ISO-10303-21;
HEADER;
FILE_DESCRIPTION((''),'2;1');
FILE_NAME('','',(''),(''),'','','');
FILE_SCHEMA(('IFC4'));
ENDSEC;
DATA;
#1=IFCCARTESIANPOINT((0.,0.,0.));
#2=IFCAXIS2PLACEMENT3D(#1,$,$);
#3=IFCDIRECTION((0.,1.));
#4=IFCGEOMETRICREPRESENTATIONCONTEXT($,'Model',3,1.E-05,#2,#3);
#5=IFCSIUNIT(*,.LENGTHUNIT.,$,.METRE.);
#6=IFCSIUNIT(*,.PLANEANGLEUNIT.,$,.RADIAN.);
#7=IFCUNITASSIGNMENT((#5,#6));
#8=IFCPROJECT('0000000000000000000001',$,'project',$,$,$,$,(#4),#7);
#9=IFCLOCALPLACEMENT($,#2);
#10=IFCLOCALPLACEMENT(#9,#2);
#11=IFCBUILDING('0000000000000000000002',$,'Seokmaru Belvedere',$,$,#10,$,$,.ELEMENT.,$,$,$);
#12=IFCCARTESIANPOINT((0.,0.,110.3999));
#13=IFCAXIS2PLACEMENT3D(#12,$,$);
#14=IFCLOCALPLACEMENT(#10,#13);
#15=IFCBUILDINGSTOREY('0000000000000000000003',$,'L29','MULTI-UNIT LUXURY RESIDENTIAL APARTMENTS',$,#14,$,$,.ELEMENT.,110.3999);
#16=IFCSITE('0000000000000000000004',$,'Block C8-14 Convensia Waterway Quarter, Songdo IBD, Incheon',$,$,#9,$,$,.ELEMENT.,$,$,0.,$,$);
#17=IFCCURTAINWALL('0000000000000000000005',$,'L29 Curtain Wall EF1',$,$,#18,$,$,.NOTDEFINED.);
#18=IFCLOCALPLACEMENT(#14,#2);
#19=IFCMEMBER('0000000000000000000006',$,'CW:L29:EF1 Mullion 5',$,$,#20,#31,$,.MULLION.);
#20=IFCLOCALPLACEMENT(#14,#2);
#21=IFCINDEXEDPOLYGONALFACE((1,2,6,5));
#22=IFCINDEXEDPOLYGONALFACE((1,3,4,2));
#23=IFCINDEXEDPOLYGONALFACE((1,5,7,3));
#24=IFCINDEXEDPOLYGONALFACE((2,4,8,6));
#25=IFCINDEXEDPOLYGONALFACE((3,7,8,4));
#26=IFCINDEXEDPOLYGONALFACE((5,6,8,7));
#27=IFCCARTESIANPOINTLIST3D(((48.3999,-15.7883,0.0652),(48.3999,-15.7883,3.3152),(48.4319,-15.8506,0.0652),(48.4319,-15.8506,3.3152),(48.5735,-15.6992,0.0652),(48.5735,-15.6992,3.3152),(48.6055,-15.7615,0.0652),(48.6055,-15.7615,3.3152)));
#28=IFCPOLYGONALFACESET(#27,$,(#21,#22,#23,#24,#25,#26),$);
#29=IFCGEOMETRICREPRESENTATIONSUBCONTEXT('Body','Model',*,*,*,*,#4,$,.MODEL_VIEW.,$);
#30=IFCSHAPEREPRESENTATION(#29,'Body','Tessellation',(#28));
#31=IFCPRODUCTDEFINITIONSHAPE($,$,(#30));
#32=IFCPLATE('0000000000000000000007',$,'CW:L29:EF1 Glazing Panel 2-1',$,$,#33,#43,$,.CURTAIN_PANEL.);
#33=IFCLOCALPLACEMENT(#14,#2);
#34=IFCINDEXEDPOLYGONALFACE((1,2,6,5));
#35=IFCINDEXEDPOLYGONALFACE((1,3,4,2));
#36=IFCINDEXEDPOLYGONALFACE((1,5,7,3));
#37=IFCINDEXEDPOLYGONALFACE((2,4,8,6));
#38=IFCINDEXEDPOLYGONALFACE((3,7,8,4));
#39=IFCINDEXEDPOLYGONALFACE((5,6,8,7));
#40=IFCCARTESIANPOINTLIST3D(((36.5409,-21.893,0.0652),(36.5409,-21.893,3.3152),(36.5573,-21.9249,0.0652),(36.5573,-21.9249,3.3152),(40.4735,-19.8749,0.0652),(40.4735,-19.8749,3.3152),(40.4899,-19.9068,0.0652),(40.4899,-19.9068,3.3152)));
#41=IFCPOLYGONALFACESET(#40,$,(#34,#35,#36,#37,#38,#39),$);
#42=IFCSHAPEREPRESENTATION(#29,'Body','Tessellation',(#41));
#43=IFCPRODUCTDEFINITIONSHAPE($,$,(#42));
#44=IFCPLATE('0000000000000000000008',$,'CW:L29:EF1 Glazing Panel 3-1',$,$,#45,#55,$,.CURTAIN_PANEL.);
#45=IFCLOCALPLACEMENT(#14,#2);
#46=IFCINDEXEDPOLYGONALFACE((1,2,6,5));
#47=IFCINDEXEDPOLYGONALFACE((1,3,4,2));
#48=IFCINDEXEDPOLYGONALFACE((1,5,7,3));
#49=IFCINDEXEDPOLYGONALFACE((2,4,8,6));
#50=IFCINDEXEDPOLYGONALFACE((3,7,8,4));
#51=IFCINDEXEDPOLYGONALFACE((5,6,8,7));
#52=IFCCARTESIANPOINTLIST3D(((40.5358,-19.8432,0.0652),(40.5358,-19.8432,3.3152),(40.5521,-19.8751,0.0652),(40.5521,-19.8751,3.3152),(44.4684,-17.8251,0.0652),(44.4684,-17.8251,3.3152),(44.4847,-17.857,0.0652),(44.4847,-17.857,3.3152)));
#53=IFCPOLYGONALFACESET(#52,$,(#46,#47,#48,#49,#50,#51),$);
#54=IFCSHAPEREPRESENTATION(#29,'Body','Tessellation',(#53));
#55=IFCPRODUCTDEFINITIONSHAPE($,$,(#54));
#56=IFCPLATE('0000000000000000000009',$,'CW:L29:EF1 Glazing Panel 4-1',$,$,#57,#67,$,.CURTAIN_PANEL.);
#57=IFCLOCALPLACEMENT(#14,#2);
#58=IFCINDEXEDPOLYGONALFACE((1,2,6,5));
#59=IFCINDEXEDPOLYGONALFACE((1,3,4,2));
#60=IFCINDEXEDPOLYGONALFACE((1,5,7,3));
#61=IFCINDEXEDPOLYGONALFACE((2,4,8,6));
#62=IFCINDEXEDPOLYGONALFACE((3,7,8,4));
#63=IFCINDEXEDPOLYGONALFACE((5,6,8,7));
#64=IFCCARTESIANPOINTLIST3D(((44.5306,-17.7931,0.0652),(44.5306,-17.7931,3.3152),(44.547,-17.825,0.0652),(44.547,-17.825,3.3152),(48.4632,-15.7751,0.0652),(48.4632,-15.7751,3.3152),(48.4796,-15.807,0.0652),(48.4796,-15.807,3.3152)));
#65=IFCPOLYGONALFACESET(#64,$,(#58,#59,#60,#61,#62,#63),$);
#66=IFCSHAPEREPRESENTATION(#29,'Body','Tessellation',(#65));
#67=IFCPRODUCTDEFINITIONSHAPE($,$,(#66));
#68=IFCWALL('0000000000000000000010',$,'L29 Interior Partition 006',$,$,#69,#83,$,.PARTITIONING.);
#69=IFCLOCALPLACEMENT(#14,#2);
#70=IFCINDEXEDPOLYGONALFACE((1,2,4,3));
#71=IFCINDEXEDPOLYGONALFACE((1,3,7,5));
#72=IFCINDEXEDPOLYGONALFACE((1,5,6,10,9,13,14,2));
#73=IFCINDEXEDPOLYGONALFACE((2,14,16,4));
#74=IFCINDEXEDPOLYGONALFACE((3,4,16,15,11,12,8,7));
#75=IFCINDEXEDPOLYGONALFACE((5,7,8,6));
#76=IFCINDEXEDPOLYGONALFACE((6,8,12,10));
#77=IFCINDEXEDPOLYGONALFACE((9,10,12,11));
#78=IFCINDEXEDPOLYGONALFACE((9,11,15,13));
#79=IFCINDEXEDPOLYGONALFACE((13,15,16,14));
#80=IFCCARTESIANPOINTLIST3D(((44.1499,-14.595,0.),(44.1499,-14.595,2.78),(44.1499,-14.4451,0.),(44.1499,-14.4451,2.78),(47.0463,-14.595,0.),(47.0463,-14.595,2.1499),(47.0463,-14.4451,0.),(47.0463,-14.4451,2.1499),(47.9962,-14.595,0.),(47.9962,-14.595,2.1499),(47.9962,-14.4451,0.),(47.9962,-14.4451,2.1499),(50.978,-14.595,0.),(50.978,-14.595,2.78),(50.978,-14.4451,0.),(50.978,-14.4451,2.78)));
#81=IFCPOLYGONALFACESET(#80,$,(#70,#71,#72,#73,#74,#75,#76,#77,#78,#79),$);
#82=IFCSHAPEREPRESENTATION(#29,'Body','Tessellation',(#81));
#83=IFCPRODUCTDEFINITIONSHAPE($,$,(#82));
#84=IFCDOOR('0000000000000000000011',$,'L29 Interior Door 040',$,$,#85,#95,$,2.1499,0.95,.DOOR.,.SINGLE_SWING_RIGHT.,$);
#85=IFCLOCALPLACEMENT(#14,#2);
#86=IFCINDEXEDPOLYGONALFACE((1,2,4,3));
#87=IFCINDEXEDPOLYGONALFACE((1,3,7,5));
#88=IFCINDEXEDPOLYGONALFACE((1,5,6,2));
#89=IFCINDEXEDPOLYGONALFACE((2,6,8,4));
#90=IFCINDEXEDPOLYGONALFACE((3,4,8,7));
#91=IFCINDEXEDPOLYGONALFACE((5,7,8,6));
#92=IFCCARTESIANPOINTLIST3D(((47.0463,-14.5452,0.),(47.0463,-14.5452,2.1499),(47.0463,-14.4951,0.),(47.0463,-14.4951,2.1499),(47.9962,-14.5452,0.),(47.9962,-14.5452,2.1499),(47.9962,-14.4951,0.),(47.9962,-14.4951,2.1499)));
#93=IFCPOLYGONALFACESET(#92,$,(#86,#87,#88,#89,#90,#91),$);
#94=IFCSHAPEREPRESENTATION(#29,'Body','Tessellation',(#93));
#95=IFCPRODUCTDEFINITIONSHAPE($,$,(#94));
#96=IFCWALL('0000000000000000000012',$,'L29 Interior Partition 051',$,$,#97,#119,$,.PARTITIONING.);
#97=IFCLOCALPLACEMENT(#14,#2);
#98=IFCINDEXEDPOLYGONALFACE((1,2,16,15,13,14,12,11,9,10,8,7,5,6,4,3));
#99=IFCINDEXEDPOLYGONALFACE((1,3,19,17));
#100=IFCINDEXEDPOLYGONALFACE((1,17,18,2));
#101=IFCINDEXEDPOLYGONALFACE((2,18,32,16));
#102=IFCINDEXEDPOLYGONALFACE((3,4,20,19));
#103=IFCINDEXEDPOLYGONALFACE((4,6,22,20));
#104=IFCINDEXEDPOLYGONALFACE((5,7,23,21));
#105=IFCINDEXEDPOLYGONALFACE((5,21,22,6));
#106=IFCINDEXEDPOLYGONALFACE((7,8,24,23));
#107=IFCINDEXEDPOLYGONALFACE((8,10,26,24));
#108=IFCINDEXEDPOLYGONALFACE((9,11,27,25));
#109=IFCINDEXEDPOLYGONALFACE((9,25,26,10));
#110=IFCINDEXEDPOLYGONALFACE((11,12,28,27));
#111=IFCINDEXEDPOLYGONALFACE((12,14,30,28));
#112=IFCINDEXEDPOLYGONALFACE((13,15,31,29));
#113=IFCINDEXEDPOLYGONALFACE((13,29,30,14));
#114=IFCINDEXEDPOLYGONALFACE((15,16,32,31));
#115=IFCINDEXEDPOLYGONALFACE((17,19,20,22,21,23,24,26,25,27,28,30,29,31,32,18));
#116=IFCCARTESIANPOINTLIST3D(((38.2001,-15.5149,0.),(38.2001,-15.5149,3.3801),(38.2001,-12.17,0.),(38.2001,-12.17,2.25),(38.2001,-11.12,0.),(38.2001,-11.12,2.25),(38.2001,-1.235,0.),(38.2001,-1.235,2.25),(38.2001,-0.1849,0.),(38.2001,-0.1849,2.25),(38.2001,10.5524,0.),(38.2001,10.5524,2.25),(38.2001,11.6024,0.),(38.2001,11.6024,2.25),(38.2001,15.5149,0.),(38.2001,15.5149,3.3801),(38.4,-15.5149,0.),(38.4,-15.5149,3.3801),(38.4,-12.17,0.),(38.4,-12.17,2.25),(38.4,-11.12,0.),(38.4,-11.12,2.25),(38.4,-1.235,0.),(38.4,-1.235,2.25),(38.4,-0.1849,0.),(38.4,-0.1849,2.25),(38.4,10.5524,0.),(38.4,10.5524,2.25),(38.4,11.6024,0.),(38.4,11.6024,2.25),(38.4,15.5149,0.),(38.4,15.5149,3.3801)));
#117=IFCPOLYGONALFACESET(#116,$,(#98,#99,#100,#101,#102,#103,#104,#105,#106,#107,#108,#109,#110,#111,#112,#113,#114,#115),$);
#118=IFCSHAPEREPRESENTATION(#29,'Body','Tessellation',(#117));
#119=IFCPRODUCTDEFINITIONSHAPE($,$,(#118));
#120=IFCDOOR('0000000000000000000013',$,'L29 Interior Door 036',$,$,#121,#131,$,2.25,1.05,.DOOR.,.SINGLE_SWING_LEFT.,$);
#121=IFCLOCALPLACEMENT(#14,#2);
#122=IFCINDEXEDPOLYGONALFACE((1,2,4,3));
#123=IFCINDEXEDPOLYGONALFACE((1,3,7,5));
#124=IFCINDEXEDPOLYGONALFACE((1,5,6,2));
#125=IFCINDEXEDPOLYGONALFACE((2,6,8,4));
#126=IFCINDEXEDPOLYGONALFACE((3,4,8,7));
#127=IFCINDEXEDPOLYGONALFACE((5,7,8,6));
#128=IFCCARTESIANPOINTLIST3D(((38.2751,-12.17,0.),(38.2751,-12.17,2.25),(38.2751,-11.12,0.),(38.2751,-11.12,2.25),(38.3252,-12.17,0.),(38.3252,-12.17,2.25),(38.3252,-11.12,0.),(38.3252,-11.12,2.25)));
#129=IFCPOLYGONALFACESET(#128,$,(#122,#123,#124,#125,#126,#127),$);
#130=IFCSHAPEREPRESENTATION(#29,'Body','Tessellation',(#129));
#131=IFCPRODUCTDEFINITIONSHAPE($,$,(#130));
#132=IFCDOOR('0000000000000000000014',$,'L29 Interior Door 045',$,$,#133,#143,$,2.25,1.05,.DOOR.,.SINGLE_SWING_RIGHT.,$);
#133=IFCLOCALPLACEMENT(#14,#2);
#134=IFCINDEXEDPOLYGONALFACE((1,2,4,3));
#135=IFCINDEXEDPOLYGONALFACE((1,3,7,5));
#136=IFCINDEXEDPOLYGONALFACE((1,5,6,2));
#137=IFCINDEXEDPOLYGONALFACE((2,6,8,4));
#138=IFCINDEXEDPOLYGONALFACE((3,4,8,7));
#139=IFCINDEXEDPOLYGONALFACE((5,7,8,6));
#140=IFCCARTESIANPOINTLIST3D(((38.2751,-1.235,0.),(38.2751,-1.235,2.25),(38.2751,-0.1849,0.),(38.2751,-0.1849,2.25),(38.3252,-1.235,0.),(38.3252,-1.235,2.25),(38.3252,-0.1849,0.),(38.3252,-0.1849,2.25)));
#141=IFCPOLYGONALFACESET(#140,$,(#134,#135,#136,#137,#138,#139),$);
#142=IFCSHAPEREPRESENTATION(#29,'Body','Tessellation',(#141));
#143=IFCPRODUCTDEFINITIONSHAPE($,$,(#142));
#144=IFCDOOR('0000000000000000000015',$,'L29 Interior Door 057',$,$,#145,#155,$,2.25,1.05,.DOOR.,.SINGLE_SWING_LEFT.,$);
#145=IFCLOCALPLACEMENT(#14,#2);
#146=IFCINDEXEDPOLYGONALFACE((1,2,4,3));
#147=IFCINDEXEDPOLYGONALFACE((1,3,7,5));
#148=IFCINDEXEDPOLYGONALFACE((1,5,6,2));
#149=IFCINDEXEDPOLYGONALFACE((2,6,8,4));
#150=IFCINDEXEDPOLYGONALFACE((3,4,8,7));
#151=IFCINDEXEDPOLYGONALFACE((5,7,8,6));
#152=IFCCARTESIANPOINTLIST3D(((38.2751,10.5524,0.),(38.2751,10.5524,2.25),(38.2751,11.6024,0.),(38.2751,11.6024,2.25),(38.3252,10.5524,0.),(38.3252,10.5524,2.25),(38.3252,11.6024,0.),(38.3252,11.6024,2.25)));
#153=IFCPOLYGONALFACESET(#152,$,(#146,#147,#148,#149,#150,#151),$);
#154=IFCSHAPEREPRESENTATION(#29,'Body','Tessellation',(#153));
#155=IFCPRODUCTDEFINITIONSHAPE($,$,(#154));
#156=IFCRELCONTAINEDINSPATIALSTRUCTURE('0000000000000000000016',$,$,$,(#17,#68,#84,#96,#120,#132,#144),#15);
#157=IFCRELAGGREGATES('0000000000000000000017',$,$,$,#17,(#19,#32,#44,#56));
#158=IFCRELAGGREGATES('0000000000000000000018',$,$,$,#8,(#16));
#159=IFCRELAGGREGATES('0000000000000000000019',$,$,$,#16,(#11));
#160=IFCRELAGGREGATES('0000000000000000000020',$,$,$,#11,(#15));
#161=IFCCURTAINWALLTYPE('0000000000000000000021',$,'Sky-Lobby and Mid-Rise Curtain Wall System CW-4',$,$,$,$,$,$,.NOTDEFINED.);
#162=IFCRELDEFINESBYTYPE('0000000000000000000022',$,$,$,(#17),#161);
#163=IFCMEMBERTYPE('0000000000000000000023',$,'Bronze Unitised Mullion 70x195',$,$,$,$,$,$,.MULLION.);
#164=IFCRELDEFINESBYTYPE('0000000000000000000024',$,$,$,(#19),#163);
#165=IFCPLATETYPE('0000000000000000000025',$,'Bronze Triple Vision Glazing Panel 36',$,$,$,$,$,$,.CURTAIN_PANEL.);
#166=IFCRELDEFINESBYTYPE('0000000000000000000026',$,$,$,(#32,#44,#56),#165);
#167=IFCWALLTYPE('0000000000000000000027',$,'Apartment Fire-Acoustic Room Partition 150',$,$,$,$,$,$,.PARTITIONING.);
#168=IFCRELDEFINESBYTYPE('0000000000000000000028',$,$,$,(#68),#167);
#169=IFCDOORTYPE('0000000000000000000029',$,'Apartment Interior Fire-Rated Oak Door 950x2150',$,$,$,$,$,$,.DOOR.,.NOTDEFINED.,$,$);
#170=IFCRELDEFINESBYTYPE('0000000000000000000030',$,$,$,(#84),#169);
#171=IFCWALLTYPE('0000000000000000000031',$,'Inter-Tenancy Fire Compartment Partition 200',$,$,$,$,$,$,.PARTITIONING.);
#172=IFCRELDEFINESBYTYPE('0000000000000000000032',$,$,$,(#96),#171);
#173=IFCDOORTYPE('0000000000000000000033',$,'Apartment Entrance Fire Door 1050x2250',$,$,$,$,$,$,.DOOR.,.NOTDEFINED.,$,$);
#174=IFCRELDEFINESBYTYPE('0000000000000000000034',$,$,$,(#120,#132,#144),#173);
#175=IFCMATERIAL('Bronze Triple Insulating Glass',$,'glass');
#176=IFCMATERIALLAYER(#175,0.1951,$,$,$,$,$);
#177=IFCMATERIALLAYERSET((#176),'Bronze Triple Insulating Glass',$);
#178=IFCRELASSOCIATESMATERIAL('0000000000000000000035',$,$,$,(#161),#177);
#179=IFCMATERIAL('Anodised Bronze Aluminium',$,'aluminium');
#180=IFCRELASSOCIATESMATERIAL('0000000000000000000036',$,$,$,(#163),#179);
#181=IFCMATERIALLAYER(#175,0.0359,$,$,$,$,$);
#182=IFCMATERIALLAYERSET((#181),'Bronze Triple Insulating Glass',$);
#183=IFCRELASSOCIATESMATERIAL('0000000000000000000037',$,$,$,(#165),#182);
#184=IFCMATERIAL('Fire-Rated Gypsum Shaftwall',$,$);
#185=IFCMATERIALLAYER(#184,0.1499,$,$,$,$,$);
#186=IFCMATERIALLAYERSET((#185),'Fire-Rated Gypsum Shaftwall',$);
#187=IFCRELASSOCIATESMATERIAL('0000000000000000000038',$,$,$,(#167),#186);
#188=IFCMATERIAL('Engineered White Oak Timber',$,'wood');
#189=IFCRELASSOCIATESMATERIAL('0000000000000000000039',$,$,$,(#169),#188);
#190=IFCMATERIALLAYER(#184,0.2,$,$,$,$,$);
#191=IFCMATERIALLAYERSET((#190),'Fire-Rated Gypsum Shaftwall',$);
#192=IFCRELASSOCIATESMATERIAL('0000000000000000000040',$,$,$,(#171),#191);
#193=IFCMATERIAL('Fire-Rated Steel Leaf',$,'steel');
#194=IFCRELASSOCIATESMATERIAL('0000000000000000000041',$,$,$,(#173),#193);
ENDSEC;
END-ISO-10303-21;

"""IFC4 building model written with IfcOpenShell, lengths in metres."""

from ifc_helpers import new_model, si_unit, direction, frame, frame_2d, origin, origin_2d, place, context, subcontext, project, spatial, rectangle, extrude, source, transform, mapped, material, layer, layer_set, material_profile, profile_set, type_object, type_shapes, element, fill, aggregate, save


model = new_model("IFC4")

# Units and contexts
model_context = context("Model", 3, precision=1e-05, world=origin(), true_north=direction((0.0, 1.0)))
body_context = subcontext(model_context, "Body", "Model", "MODEL_VIEW")
ifc_project = project(units=[si_unit("LENGTHUNIT", "METRE"), si_unit("PLANEANGLEUNIT", "RADIAN")], contexts=[model_context])

# Site, building, storey
site_placement = place(None, origin())
site = spatial("IfcSite", under=ifc_project, at=site_placement, Name="Block C8-14 Convensia Waterway Quarter, Songdo IBD, Incheon", CompositionType="ELEMENT", RefElevation=0.0)
building_placement = place(site_placement, origin())
building = spatial("IfcBuilding", under=site, at=building_placement, Name="Seokmaru Belvedere", CompositionType="ELEMENT")
storey_placement = place(building_placement, frame((0.0, 0.0, 110.3999)))
storey = spatial("IfcBuildingStorey", under=building, at=storey_placement, Name="L29", Description="MULTI-UNIT LUXURY RESIDENTIAL APARTMENTS", CompositionType="ELEMENT", Elevation=110.3999)

# Curtain wall, member, plates
ifc_material_1 = material(Name="Bronze Triple Insulating Glass", Category="glass")
ifc_layer_1 = layer(ifc_material_1, 0.1951)
ifc_layer_set_1 = layer_set([ifc_layer_1], Name="Bronze Triple Insulating Glass")
curtain_wall_type = type_object("IfcCurtainWallType", Name="Sky-Lobby and Mid-Rise Curtain Wall System CW-4", PredefinedType="NOTDEFINED", material=ifc_layer_set_1)
curtain_wall_placement = place(storey_placement, origin())
curtain_wall = element("IfcCurtainWall", 1, at=curtain_wall_placement, inside=storey, type_object=curtain_wall_type, Name="L29 Curtain Wall EF1", PredefinedType="NOTDEFINED")
ifc_material_2 = material(Name="Anodised Bronze Aluminium", Category="aluminium")
ifc_material_profile_1 = material_profile(ifc_material_2, rectangle(XDim=0.0701, YDim=0.1951, at=origin_2d()), Name="CW-M-70x195")
ifc_profile_set_1 = profile_set([ifc_material_profile_1], Name="Anodised Bronze Aluminium")
member_type = type_object("IfcMemberType", Name="Bronze Unitised Mullion 70x195", PredefinedType="MULLION", material=ifc_profile_set_1)
shared_shape_1 = source(origin(), body_context, "Body", "SweptSolid", [
    extrude(rectangle(XDim=0.0701, YDim=0.1951, at=origin_2d()), origin(), (0.0, 0.0, 1.0), 3.25),
])
type_shapes(member_type, [shared_shape_1])
member_1_placement = place(storey_placement, frame((48.5027, -15.7749, 0.0652), z_axis=(0.0, 0.0, 1.0), x_axis=(-0.456555, 0.889695, 0.0)))
member_1 = element("IfcMember", 2, at=member_1_placement, type_object=member_type, Name="CW:L29:EF1 Mullion 5", PredefinedType="MULLION", context=body_context, shape_type="MappedRepresentation", body=[
    mapped(shared_shape_1, transform((0.0, 0.0, 0.0), scale=1.0)),
])
ifc_layer_2 = layer(ifc_material_1, 0.0359)
ifc_layer_set_2 = layer_set([ifc_layer_2], Name="Bronze Triple Insulating Glass")
plate_type = type_object("IfcPlateType", Name="Bronze Triple Vision Glazing Panel 36", PredefinedType="CURTAIN_PANEL", material=ifc_layer_set_2)
shared_shape_2 = source(origin(), body_context, "Body", "SweptSolid", [
    extrude(rectangle(XDim=4.4202, YDim=0.0359, at=origin_2d()), origin(), (0.0, 0.0, 1.0), 3.25),
])
type_shapes(plate_type, [shared_shape_2])
plate_1_placement = place(storey_placement, frame((38.5154, -20.8999, 0.0652), z_axis=(0.0, 0.0, 1.0), x_axis=(0.889695, 0.456555, 0.0)))
plate_1 = element("IfcPlate", 3, at=plate_1_placement, type_object=plate_type, Name="CW:L29:EF1 Glazing Panel 2-1", PredefinedType="CURTAIN_PANEL", context=body_context, shape_type="MappedRepresentation", body=[
    mapped(shared_shape_2, transform((0.0, 0.0, 0.0), scale=1.0)),
])
plate_2_placement = place(storey_placement, frame((42.5103, -18.8501, 0.0652), z_axis=(0.0, 0.0, 1.0), x_axis=(0.889695, 0.456555, 0.0)))
plate_2 = element("IfcPlate", 4, at=plate_2_placement, type_object=plate_type, Name="CW:L29:EF1 Glazing Panel 3-1", PredefinedType="CURTAIN_PANEL", context=body_context, shape_type="MappedRepresentation", body=[
    mapped(shared_shape_2, transform((0.0, 0.0, 0.0), scale=1.0)),
])
plate_3_placement = place(storey_placement, frame((46.5051, -16.8, 0.0652), z_axis=(0.0, 0.0, 1.0), x_axis=(0.889695, 0.456555, 0.0)))
plate_3 = element("IfcPlate", 5, at=plate_3_placement, type_object=plate_type, Name="CW:L29:EF1 Glazing Panel 4-1", PredefinedType="CURTAIN_PANEL", context=body_context, shape_type="MappedRepresentation", body=[
    mapped(shared_shape_2, transform((0.0, 0.0, 0.0), scale=1.0)),
])
aggregate(curtain_wall, [member_1, plate_1, plate_2, plate_3])

# Wall, opening, door
ifc_material_3 = material(Name="Fire-Rated Gypsum Shaftwall")
ifc_layer_3 = layer(ifc_material_3, 0.1499)
ifc_layer_set_3 = layer_set([ifc_layer_3], Name="Fire-Rated Gypsum Shaftwall")
wall_type_1 = type_object("IfcWallType", Name="Apartment Fire-Acoustic Room Partition 150", PredefinedType="PARTITIONING", material=ifc_layer_set_3)
wall_1_placement = place(storey_placement, frame((44.1499, -14.52, 0.0), z_axis=(0.0, 0.0, 1.0), x_axis=(1.0, 0.0, 0.0)))
wall_1 = element("IfcWall", 6, at=wall_1_placement, inside=storey, type_object=wall_type_1, Name="L29 Interior Partition 006", PredefinedType="PARTITIONING", context=body_context, shape_type="SweptSolid", body=[
    extrude(rectangle(XDim=6.8281, YDim=0.1499, at=frame_2d((3.4141, 0.0))), origin(), (0.0, 0.0, 1.0), 2.78),
])
opening_1_placement = place(wall_1_placement, frame((2.8962, 0.0, 0.0)))
opening_1 = element("IfcOpeningElement", 7, at=opening_1_placement, cuts=wall_1, PredefinedType="OPENING", context=body_context, shape_type="SweptSolid", body=[
    extrude(rectangle(XDim=0.95, YDim=2.1499, at=frame_2d((0.4751, 1.075))), frame((0.0, 0.085, 0.0), z_axis=(0.0, -1.0, 0.0), x_axis=(1.0, 0.0, 0.0)), (0.0, 0.0, 1.0), 0.1699),
])
ifc_material_4 = material(Name="Engineered White Oak Timber", Category="wood")
door_type_1 = type_object("IfcDoorType", Name="Apartment Interior Fire-Rated Oak Door 950x2150", OperationType="NOTDEFINED", PredefinedType="DOOR", material=ifc_material_4)
shared_shape_3 = source(origin(), body_context, "Body", "SweptSolid", [
    extrude(rectangle(XDim=0.95, YDim=2.1499, at=frame_2d((0.4751, 1.075))), frame((0.0, 0.0249, 0.0), z_axis=(0.0, -1.0, 0.0), x_axis=(1.0, 0.0, 0.0)), (0.0, 0.0, 1.0), 0.05),
])
type_shapes(door_type_1, [shared_shape_3])
door_1_placement = place(opening_1_placement, origin())
door_1 = element("IfcDoor", 8, at=door_1_placement, inside=storey, type_object=door_type_1, Name="L29 Interior Door 040", OperationType="SINGLE_SWING_RIGHT", OverallHeight=2.1499, OverallWidth=0.95, PredefinedType="DOOR", context=body_context, shape_type="MappedRepresentation", body=[
    mapped(shared_shape_3, transform((0.0, 0.0, 0.0), scale=1.0)),
])
fill(opening_1, door_1)

# Wall, openings, doors
ifc_layer_4 = layer(ifc_material_3, 0.2)
ifc_layer_set_4 = layer_set([ifc_layer_4], Name="Fire-Rated Gypsum Shaftwall")
wall_type_2 = type_object("IfcWallType", Name="Inter-Tenancy Fire Compartment Partition 200", PredefinedType="PARTITIONING", material=ifc_layer_set_4)
wall_2_placement = place(storey_placement, frame((38.3, -15.5149, 0.0), z_axis=(0.0, 0.0, 1.0), x_axis=(0.0, 1.0, 0.0)))
wall_2 = element("IfcWall", 9, at=wall_2_placement, inside=storey, type_object=wall_type_2, Name="L29 Interior Partition 051", PredefinedType="PARTITIONING", context=body_context, shape_type="SweptSolid", body=[
    extrude(rectangle(XDim=31.0298, YDim=0.2, at=frame_2d((15.5149, 0.0))), origin(), (0.0, 0.0, 1.0), 3.3801),
])
opening_2_placement = place(wall_2_placement, frame((3.345, 0.0, 0.0)))
opening_2 = element("IfcOpeningElement", 10, at=opening_2_placement, cuts=wall_2, PredefinedType="OPENING", context=body_context, shape_type="SweptSolid", body=[
    extrude(rectangle(XDim=1.05, YDim=2.25, at=frame_2d((0.5249, 1.125))), frame((0.0, 0.1099, 0.0), z_axis=(0.0, -1.0, 0.0), x_axis=(1.0, 0.0, 0.0)), (0.0, 0.0, 1.0), 0.22),
])
opening_3_placement = place(wall_2_placement, frame((14.28, 0.0, 0.0)))
opening_3 = element("IfcOpeningElement", 11, at=opening_3_placement, cuts=wall_2, PredefinedType="OPENING", context=body_context, shape_type="SweptSolid", body=[
    extrude(rectangle(XDim=1.05, YDim=2.25, at=frame_2d((0.5249, 1.125))), frame((0.0, 0.1099, 0.0), z_axis=(0.0, -1.0, 0.0), x_axis=(1.0, 0.0, 0.0)), (0.0, 0.0, 1.0), 0.22),
])
opening_4_placement = place(wall_2_placement, frame((26.0674, 0.0, 0.0)))
opening_4 = element("IfcOpeningElement", 12, at=opening_4_placement, cuts=wall_2, PredefinedType="OPENING", context=body_context, shape_type="SweptSolid", body=[
    extrude(rectangle(XDim=1.05, YDim=2.25, at=frame_2d((0.5249, 1.125))), frame((0.0, 0.1099, 0.0), z_axis=(0.0, -1.0, 0.0), x_axis=(1.0, 0.0, 0.0)), (0.0, 0.0, 1.0), 0.22),
])
ifc_material_5 = material(Name="Fire-Rated Steel Leaf", Category="steel")
door_type_2 = type_object("IfcDoorType", Name="Apartment Entrance Fire Door 1050x2250", OperationType="NOTDEFINED", PredefinedType="DOOR", material=ifc_material_5)
shared_shape_4 = source(origin(), body_context, "Body", "SweptSolid", [
    extrude(rectangle(XDim=1.05, YDim=2.25, at=frame_2d((0.5249, 1.125))), frame((0.0, 0.0249, 0.0), z_axis=(0.0, -1.0, 0.0), x_axis=(1.0, 0.0, 0.0)), (0.0, 0.0, 1.0), 0.05),
])
type_shapes(door_type_2, [shared_shape_4])
door_2_placement = place(opening_2_placement, origin())
door_2 = element("IfcDoor", 13, at=door_2_placement, inside=storey, type_object=door_type_2, Name="L29 Interior Door 036", OperationType="SINGLE_SWING_LEFT", OverallHeight=2.25, OverallWidth=1.05, PredefinedType="DOOR", context=body_context, shape_type="MappedRepresentation", body=[
    mapped(shared_shape_4, transform((0.0, 0.0, 0.0), scale=1.0)),
])
fill(opening_2, door_2)
door_3_placement = place(opening_3_placement, origin())
door_3 = element("IfcDoor", 14, at=door_3_placement, inside=storey, type_object=door_type_2, Name="L29 Interior Door 045", OperationType="SINGLE_SWING_RIGHT", OverallHeight=2.25, OverallWidth=1.05, PredefinedType="DOOR", context=body_context, shape_type="MappedRepresentation", body=[
    mapped(shared_shape_4, transform((0.0, 0.0, 0.0), scale=1.0)),
])
fill(opening_3, door_3)
door_4_placement = place(opening_4_placement, origin())
door_4 = element("IfcDoor", 15, at=door_4_placement, inside=storey, type_object=door_type_2, Name="L29 Interior Door 057", OperationType="SINGLE_SWING_LEFT", OverallHeight=2.25, OverallWidth=1.05, PredefinedType="DOOR", context=body_context, shape_type="MappedRepresentation", body=[
    mapped(shared_shape_4, transform((0.0, 0.0, 0.0), scale=1.0)),
])
fill(opening_4, door_4)

save(model, "model.ifc")
